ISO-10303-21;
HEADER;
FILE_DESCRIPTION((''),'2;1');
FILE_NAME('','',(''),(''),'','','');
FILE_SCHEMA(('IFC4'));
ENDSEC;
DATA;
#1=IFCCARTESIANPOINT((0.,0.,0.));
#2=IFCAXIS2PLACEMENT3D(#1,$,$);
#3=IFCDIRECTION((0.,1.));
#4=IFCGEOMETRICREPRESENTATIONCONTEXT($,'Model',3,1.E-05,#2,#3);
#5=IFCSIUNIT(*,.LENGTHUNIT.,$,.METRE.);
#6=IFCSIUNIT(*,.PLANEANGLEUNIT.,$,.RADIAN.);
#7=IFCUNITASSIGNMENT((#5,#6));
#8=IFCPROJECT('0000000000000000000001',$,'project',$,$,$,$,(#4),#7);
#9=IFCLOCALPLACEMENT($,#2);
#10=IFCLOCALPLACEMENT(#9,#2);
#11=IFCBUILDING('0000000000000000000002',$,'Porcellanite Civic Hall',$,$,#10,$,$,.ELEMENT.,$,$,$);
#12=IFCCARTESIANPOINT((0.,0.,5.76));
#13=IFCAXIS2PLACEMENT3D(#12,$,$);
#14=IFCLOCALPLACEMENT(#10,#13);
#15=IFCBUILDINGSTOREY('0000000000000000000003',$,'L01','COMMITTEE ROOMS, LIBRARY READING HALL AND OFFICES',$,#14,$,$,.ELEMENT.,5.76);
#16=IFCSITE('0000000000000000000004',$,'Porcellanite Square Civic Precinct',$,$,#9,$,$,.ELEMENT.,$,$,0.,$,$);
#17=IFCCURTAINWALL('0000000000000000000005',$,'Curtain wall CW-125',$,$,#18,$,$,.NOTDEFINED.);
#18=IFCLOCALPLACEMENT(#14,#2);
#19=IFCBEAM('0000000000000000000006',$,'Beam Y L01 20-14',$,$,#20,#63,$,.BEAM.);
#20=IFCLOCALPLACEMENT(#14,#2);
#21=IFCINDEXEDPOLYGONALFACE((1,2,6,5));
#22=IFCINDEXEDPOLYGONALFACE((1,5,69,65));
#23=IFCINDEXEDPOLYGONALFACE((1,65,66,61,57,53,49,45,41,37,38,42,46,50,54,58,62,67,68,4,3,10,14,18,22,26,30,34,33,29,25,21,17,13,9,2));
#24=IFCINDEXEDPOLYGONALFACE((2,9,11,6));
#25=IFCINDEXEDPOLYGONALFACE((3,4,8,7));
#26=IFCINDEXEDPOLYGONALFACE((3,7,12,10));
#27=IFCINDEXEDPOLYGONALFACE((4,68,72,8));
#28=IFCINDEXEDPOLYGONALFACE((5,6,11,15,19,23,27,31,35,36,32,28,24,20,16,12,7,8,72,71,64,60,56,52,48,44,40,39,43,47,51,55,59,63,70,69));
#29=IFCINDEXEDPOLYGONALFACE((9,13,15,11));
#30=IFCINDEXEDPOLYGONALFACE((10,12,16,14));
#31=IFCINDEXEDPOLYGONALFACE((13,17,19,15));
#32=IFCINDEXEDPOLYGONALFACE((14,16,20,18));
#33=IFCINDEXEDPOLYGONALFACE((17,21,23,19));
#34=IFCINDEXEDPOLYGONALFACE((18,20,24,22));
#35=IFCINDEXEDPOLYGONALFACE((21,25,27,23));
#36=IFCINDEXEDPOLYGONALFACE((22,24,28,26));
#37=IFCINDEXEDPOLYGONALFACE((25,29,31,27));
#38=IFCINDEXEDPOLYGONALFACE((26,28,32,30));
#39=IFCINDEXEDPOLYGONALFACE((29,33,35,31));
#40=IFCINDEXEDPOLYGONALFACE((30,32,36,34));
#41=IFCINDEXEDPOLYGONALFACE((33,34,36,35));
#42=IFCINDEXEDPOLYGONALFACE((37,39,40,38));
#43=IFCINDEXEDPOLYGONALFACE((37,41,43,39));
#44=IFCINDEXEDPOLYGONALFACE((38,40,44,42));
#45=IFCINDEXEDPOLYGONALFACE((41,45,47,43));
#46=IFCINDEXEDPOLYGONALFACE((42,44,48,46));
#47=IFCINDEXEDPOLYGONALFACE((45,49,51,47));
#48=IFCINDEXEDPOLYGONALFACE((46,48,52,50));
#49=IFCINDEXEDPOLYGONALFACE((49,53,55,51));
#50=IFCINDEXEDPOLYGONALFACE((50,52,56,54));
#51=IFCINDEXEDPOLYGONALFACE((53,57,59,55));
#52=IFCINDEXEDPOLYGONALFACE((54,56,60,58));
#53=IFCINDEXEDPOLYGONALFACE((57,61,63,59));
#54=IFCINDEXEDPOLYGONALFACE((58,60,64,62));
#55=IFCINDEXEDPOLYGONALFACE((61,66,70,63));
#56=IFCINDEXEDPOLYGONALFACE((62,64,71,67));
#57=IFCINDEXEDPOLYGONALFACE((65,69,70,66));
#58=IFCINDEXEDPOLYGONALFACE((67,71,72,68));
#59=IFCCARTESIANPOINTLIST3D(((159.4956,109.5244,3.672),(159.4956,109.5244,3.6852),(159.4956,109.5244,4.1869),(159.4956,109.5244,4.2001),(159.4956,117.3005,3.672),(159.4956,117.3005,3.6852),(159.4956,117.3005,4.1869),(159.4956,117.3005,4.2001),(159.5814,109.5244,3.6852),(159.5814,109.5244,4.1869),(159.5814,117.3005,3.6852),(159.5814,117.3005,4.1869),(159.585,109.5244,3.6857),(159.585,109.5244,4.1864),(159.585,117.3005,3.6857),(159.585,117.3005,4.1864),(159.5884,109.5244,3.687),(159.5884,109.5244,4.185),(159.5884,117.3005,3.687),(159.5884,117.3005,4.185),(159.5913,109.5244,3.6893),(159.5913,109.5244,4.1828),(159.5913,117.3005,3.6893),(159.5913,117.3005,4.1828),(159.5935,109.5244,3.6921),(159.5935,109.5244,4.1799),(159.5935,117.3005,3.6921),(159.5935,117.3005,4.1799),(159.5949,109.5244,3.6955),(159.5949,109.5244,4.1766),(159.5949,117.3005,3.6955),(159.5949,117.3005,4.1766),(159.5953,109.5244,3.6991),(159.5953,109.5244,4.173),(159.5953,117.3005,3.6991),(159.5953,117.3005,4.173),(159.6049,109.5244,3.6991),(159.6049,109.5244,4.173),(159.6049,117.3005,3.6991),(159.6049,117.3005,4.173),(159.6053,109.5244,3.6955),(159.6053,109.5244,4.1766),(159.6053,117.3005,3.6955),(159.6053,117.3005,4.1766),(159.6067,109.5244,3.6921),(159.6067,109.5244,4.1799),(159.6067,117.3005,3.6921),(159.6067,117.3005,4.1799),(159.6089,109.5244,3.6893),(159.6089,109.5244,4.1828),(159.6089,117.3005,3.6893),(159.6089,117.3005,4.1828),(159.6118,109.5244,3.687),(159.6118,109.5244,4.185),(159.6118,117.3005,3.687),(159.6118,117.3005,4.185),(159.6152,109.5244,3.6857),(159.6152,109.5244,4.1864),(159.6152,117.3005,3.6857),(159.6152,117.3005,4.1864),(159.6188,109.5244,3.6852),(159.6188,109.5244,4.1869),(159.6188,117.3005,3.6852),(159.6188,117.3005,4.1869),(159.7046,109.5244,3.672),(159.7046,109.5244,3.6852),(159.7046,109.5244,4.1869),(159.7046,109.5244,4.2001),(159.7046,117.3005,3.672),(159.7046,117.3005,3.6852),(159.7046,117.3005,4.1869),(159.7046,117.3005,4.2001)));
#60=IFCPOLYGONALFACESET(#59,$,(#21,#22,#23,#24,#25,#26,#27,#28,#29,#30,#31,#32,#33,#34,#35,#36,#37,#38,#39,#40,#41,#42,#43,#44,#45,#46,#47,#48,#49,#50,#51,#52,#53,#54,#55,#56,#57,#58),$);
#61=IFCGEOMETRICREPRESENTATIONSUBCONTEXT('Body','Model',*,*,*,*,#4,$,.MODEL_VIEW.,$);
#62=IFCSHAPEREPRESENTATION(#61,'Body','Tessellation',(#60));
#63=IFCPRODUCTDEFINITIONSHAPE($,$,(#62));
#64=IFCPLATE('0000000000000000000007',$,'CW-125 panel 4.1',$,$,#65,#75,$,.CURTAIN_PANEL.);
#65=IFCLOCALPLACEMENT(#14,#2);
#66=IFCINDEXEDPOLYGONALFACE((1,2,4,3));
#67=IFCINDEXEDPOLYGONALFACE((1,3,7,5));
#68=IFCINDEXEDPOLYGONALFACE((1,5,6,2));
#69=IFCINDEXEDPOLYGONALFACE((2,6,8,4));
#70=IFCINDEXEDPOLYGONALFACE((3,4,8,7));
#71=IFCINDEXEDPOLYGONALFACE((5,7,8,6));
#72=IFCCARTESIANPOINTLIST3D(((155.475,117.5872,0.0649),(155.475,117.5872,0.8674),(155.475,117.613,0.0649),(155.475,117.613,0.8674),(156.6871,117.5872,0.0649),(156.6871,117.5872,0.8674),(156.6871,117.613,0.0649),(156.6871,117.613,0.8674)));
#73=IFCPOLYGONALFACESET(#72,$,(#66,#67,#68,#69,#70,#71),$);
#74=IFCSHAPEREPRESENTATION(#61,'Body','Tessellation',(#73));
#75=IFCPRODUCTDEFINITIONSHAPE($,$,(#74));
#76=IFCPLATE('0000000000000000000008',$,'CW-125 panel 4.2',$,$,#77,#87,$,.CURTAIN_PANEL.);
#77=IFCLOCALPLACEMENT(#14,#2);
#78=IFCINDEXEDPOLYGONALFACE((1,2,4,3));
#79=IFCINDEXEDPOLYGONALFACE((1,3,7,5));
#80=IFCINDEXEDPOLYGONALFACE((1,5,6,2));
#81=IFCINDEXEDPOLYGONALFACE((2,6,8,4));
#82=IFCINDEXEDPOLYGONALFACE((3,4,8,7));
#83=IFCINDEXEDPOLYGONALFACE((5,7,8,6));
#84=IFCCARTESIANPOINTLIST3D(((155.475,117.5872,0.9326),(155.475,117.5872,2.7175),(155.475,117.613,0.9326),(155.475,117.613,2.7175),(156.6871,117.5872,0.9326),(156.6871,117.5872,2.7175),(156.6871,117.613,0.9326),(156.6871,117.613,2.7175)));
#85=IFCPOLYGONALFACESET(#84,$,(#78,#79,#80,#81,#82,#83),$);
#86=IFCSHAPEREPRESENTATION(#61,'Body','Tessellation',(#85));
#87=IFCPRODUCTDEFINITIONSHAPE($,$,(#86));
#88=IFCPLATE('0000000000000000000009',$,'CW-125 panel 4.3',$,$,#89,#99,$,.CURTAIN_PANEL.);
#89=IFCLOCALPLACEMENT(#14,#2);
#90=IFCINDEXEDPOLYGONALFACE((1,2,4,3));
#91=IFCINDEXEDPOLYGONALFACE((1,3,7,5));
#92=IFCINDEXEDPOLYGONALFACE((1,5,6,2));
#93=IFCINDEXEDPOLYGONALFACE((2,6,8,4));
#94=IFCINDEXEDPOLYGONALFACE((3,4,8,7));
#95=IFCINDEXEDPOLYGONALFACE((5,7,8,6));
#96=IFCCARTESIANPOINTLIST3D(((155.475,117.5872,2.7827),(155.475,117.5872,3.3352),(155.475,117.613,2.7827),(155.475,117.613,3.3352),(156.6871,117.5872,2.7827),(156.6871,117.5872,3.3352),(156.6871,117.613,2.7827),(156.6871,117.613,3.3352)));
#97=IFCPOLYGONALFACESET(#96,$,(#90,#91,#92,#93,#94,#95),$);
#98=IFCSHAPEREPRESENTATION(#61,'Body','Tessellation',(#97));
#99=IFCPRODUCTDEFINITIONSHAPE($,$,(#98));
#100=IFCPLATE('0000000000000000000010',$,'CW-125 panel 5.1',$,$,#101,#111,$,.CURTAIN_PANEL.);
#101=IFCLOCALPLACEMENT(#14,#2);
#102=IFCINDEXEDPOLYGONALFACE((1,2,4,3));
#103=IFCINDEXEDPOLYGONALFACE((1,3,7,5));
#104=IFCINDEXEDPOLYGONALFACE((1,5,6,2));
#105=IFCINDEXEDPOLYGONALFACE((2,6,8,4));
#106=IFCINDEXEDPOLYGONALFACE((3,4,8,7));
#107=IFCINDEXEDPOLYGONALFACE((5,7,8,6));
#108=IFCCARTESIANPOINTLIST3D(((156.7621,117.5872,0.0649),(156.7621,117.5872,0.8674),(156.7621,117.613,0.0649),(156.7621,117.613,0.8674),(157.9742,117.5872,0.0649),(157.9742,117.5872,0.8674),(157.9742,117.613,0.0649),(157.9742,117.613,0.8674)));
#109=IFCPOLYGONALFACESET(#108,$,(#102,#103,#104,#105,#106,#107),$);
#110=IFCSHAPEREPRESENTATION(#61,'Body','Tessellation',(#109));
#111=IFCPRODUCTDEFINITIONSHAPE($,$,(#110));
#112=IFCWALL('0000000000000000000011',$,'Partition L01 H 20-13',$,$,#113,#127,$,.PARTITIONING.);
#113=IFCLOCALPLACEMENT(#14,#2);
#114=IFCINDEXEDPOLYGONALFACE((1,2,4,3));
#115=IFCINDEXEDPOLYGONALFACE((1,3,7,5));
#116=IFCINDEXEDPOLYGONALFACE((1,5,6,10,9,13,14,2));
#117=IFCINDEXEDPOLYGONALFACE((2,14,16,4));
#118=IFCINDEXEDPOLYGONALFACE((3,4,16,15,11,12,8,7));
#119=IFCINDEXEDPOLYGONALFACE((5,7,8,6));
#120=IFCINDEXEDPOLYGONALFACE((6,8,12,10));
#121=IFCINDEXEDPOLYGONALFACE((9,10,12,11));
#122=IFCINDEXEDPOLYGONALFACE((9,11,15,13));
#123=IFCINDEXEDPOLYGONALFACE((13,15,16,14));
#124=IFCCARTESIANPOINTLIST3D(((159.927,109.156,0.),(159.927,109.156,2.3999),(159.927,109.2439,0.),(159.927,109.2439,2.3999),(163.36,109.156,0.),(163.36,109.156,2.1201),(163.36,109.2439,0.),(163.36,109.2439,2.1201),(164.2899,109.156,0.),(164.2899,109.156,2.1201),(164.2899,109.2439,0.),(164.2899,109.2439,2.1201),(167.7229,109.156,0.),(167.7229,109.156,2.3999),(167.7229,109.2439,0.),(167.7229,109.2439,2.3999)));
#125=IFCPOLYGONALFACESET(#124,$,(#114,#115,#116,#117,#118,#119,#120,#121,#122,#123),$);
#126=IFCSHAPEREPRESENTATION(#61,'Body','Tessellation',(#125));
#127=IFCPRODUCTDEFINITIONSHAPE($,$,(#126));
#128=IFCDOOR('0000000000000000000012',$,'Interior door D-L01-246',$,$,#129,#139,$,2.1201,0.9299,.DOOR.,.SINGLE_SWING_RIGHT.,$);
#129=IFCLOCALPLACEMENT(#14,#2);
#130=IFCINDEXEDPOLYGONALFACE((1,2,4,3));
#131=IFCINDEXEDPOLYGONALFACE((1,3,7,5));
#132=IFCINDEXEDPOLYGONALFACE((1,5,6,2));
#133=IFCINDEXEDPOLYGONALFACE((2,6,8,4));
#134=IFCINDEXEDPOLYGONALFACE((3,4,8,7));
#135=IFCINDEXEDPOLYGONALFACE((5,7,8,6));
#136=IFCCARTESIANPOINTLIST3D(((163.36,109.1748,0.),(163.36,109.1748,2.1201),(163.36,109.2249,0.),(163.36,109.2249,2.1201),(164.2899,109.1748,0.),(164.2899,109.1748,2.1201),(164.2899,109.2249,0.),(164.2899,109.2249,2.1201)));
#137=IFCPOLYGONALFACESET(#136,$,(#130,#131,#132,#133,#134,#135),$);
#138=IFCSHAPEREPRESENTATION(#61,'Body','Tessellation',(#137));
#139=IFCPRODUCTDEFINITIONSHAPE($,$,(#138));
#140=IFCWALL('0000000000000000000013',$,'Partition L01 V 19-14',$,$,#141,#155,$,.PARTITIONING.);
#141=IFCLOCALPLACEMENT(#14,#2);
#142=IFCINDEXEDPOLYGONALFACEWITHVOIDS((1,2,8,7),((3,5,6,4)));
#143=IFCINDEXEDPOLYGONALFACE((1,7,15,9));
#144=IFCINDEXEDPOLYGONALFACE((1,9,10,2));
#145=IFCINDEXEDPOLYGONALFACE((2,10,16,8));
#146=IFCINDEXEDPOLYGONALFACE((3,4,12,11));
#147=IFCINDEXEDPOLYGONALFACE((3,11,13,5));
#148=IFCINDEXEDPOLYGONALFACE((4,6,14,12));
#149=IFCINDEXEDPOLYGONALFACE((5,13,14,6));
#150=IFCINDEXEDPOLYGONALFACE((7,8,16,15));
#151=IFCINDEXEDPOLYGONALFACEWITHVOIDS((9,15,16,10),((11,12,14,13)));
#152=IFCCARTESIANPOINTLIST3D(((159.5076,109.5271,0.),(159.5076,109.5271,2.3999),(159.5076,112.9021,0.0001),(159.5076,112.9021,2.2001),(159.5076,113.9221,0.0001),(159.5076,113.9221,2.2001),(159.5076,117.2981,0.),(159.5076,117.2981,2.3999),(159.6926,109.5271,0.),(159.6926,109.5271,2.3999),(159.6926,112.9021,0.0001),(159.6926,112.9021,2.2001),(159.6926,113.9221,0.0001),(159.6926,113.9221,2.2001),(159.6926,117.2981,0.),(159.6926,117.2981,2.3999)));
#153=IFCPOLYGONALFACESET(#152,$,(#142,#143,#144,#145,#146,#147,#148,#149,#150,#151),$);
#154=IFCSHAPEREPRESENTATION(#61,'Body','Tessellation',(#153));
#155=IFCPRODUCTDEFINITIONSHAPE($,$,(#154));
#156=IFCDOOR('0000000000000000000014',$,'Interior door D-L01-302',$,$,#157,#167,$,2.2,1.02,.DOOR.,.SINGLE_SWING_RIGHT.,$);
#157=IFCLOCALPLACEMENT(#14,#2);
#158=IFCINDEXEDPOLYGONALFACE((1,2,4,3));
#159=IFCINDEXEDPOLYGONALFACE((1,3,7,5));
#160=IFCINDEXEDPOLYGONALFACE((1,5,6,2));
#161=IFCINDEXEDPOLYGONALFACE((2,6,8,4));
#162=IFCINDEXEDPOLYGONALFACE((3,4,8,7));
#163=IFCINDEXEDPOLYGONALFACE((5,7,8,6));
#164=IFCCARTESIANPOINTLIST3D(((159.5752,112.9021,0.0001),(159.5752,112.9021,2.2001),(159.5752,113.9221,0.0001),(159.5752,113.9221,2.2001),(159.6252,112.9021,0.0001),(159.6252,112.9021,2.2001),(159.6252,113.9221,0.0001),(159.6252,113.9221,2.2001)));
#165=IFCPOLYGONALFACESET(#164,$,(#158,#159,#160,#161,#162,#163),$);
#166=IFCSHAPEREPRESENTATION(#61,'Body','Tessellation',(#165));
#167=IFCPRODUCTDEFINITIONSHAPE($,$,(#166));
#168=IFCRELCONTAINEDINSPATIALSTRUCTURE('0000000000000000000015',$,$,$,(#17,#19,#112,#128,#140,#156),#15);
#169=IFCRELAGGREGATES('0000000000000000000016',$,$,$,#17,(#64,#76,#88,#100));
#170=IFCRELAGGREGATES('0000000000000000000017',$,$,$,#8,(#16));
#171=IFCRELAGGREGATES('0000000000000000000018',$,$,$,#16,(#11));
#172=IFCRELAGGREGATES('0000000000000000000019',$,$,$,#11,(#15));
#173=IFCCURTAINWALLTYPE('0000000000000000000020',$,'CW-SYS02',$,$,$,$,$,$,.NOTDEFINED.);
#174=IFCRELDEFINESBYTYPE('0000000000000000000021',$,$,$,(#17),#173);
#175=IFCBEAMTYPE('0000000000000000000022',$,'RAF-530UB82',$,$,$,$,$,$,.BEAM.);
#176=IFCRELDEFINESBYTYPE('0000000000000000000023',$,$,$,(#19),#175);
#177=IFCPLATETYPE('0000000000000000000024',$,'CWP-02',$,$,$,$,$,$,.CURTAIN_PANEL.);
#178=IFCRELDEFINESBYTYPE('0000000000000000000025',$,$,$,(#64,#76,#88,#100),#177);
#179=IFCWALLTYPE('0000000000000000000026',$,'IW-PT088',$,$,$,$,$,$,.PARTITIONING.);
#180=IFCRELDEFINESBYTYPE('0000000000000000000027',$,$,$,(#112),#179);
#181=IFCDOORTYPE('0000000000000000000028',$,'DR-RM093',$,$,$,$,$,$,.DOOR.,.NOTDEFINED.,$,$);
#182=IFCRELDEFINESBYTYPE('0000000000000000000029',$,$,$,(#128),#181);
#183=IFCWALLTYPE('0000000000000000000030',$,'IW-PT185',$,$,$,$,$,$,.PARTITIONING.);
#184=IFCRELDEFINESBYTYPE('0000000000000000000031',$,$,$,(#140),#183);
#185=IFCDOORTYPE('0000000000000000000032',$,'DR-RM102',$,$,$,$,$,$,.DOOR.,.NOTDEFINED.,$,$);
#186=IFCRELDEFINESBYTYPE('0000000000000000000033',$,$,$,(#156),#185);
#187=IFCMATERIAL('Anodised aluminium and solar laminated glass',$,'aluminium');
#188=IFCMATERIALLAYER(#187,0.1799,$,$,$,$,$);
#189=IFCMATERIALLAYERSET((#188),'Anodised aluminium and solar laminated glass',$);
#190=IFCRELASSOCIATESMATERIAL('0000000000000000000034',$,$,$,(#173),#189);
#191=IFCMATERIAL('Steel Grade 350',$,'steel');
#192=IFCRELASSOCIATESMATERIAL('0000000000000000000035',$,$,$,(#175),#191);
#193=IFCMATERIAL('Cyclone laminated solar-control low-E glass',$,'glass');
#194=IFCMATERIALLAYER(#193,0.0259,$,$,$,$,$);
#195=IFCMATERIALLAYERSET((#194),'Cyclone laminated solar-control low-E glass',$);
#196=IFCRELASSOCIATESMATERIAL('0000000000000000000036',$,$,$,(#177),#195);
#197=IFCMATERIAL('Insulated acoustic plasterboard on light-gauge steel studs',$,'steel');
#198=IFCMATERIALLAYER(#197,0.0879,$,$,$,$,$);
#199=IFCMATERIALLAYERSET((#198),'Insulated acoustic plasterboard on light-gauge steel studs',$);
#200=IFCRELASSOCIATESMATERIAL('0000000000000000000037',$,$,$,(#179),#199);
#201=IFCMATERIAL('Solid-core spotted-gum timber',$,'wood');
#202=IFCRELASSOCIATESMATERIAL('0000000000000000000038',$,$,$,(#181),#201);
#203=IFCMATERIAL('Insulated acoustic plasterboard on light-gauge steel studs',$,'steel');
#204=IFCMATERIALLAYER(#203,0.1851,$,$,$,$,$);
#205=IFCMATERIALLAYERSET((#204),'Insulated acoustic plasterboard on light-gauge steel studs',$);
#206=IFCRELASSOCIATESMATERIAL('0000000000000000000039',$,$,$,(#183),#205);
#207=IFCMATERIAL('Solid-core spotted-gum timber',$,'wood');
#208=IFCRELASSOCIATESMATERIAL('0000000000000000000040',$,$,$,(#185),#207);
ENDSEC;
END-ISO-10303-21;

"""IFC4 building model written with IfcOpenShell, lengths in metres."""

from ifc_helpers import new_model, si_unit, direction, frame, frame_2d, origin, origin_2d, place, context, subcontext, project, spatial, rectangle, i_section, extrude, material, layer, layer_set, material_profile, profile_set, type_object, element, fill, aggregate, save


model = new_model("IFC4")

# Units and contexts
model_context = context("Model", 3, precision=1e-05, world=origin(), true_north=direction((0.0, 1.0)))
body_context = subcontext(model_context, "Body", "Model", "MODEL_VIEW")
ifc_project = project(units=[si_unit("LENGTHUNIT", "METRE"), si_unit("PLANEANGLEUNIT", "RADIAN")], contexts=[model_context])

# Site, building, storey
site_placement = place(None, origin())
site = spatial("IfcSite", under=ifc_project, at=site_placement, Name="Porcellanite Square Civic Precinct", CompositionType="ELEMENT", RefElevation=0.0)
building_placement = place(site_placement, origin())
building = spatial("IfcBuilding", under=site, at=building_placement, Name="Porcellanite Civic Hall", CompositionType="ELEMENT")
storey_placement = place(building_placement, frame((0.0, 0.0, 5.76)))
storey = spatial("IfcBuildingStorey", under=building, at=storey_placement, Name="L01", Description="COMMITTEE ROOMS, LIBRARY READING HALL AND OFFICES", CompositionType="ELEMENT", Elevation=5.76)

# Curtain wall
ifc_material_1 = material(Name="Anodised aluminium and solar laminated glass", Category="aluminium")
ifc_layer_1 = layer(ifc_material_1, 0.1799)
ifc_layer_set_1 = layer_set([ifc_layer_1], Name="Anodised aluminium and solar laminated glass")
curtain_wall_type = type_object("IfcCurtainWallType", Name="CW-SYS02", PredefinedType="NOTDEFINED", material=ifc_layer_set_1)
curtain_wall_placement = place(storey_placement, origin())
curtain_wall = element("IfcCurtainWall", 1, at=curtain_wall_placement, inside=storey, type_object=curtain_wall_type, Name="Curtain wall CW-125", PredefinedType="NOTDEFINED")

# Beam
ifc_material_2 = material(Name="Steel Grade 350", Category="steel")
ifc_material_profile_1 = material_profile(ifc_material_2, i_section(OverallWidth=0.209, OverallDepth=0.5281, WebThickness=0.0095, FlangeThickness=0.0132, FilletRadius=0.0139, at=origin_2d()), Name="530UB82.0")
ifc_profile_set_1 = profile_set([ifc_material_profile_1], Name="Steel Grade 350")
beam_type_1 = type_object("IfcBeamType", Name="RAF-530UB82", PredefinedType="BEAM", material=ifc_profile_set_1)
beam_1_placement = place(storey_placement, frame((159.6001, 109.5244, 3.936), z_axis=(0.0, 1.0, 0.0), x_axis=(-1.0, 0.0, 0.0)))
element("IfcBeam", 2, at=beam_1_placement, inside=storey, type_object=beam_type_1, Name="Beam Y L01 20-14", PredefinedType="BEAM", context=body_context, shape_type="SweptSolid", body=[
    extrude(i_section(OverallWidth=0.209, OverallDepth=0.5281, WebThickness=0.0095, FlangeThickness=0.0132, FilletRadius=0.0139, at=origin_2d()), origin(), (0.0, 0.0, 1.0), 7.7761),
])

# Plates
ifc_material_3 = material(Name="Cyclone laminated solar-control low-E glass", Category="glass")
ifc_layer_2 = layer(ifc_material_3, 0.0259)
ifc_layer_set_2 = layer_set([ifc_layer_2], Name="Cyclone laminated solar-control low-E glass")
plate_type = type_object("IfcPlateType", Name="CWP-02", PredefinedType="CURTAIN_PANEL", material=ifc_layer_set_2)
plate_1_placement = place(storey_placement, frame((156.0811, 117.6001, 0.0649), z_axis=(0.0, 0.0, 1.0), x_axis=(1.0, 0.0, 0.0)))
plate_1 = element("IfcPlate", 3, at=plate_1_placement, type_object=plate_type, Name="CW-125 panel 4.1", PredefinedType="CURTAIN_PANEL", context=body_context, shape_type="SweptSolid", body=[
    extrude(rectangle(XDim=1.2122, YDim=0.0259, at=origin_2d()), origin(), (0.0, 0.0, 1.0), 0.8025),
])
plate_2_placement = place(storey_placement, frame((156.0811, 117.6001, 0.9326), z_axis=(0.0, 0.0, 1.0), x_axis=(1.0, 0.0, 0.0)))
plate_2 = element("IfcPlate", 4, at=plate_2_placement, type_object=plate_type, Name="CW-125 panel 4.2", PredefinedType="CURTAIN_PANEL", context=body_context, shape_type="SweptSolid", body=[
    extrude(rectangle(XDim=1.2122, YDim=0.0259, at=origin_2d()), origin(), (0.0, 0.0, 1.0), 1.7849),
])
plate_3_placement = place(storey_placement, frame((156.0811, 117.6001, 2.7827), z_axis=(0.0, 0.0, 1.0), x_axis=(1.0, 0.0, 0.0)))
plate_3 = element("IfcPlate", 5, at=plate_3_placement, type_object=plate_type, Name="CW-125 panel 4.3", PredefinedType="CURTAIN_PANEL", context=body_context, shape_type="SweptSolid", body=[
    extrude(rectangle(XDim=1.2122, YDim=0.0259, at=origin_2d()), origin(), (0.0, 0.0, 1.0), 0.5525),
])
plate_4_placement = place(storey_placement, frame((157.3682, 117.6001, 0.0649), z_axis=(0.0, 0.0, 1.0), x_axis=(1.0, 0.0, 0.0)))
plate_4 = element("IfcPlate", 6, at=plate_4_placement, type_object=plate_type, Name="CW-125 panel 5.1", PredefinedType="CURTAIN_PANEL", context=body_context, shape_type="SweptSolid", body=[
    extrude(rectangle(XDim=1.2122, YDim=0.0259, at=origin_2d()), origin(), (0.0, 0.0, 1.0), 0.8025),
])
aggregate(curtain_wall, [plate_1, plate_2, plate_3, plate_4])

# Walls, openings, doors
ifc_material_4 = material(Name="Insulated acoustic plasterboard on light-gauge steel studs", Category="steel")
ifc_layer_3 = layer(ifc_material_4, 0.0879)
ifc_layer_set_3 = layer_set([ifc_layer_3], Name="Insulated acoustic plasterboard on light-gauge steel studs")
wall_type_1 = type_object("IfcWallType", Name="IW-PT088", PredefinedType="PARTITIONING", material=ifc_layer_set_3)
wall_1_placement = place(storey_placement, frame((159.927, 109.2, 0.0), z_axis=(0.0, 0.0, 1.0), x_axis=(1.0, 0.0, 0.0)))
wall_1 = element("IfcWall", 7, at=wall_1_placement, inside=storey, type_object=wall_type_1, Name="Partition L01 H 20-13", PredefinedType="PARTITIONING", context=body_context, shape_type="SweptSolid", body=[
    extrude(rectangle(XDim=7.7959, YDim=0.0879, at=frame_2d((3.8979, 0.0))), origin(), (0.0, 0.0, 1.0), 2.3999),
])
opening_1_placement = place(wall_1_placement, frame((3.4331, 0.0, 0.0)))
opening_1 = element("IfcOpeningElement", 8, at=opening_1_placement, cuts=wall_1, PredefinedType="OPENING", context=body_context, shape_type="SweptSolid", body=[
    extrude(rectangle(XDim=0.9299, YDim=2.1201, at=frame_2d((0.4648, 1.0601))), frame((0.0, 0.0439, 0.0), z_axis=(0.0, -1.0, 0.0), x_axis=(1.0, 0.0, 0.0)), (0.0, 0.0, 1.0), 0.0879),
])
ifc_material_5 = material(Name="Solid-core spotted-gum timber", Category="wood")
door_type_1 = type_object("IfcDoorType", Name="DR-RM093", OperationType="NOTDEFINED", PredefinedType="DOOR", material=ifc_material_5)
door_1_placement = place(opening_1_placement, origin())
door_1 = element("IfcDoor", 9, at=door_1_placement, inside=storey, type_object=door_type_1, Name="Interior door D-L01-246", OperationType="SINGLE_SWING_RIGHT", OverallHeight=2.1201, OverallWidth=0.9299, PredefinedType="DOOR", context=body_context, shape_type="SweptSolid", body=[
    extrude(rectangle(XDim=0.9299, YDim=2.1201, at=frame_2d((0.4648, 1.0601))), frame((0.0, 0.0249, 0.0), z_axis=(0.0, -1.0, 0.0), x_axis=(1.0, 0.0, 0.0)), (0.0, 0.0, 1.0), 0.05),
])
fill(opening_1, door_1)
ifc_material_6 = material(Name="Insulated acoustic plasterboard on light-gauge steel studs", Category="steel")
ifc_layer_4 = layer(ifc_material_6, 0.1851)
ifc_layer_set_4 = layer_set([ifc_layer_4], Name="Insulated acoustic plasterboard on light-gauge steel studs")
wall_type_2 = type_object("IfcWallType", Name="IW-PT185", PredefinedType="PARTITIONING", material=ifc_layer_set_4)
wall_2_placement = place(storey_placement, frame((159.6001, 109.5271, 0.0), z_axis=(0.0, 0.0, 1.0), x_axis=(0.0, 1.0, 0.0)))
wall_2 = element("IfcWall", 10, at=wall_2_placement, inside=storey, type_object=wall_type_2, Name="Partition L01 V 19-14", PredefinedType="PARTITIONING", context=body_context, shape_type="SweptSolid", body=[
    extrude(rectangle(XDim=7.771, YDim=0.1851, at=frame_2d((3.8855, 0.0))), origin(), (0.0, 0.0, 1.0), 2.3999),
])
opening_2_placement = place(wall_2_placement, frame((3.375, 0.0, 0.0)))
opening_2 = element("IfcOpeningElement", 11, at=opening_2_placement, cuts=wall_2, PredefinedType="OPENING", context=body_context, shape_type="SweptSolid", body=[
    extrude(rectangle(XDim=1.02, YDim=2.2, at=frame_2d((0.51, 1.1001))), frame((0.0, 0.0925, 0.0), z_axis=(0.0, -1.0, 0.0), x_axis=(1.0, 0.0, 0.0)), (0.0, 0.0, 1.0), 0.1851),
])
ifc_material_7 = material(Name="Solid-core spotted-gum timber", Category="wood")
door_type_2 = type_object("IfcDoorType", Name="DR-RM102", OperationType="NOTDEFINED", PredefinedType="DOOR", material=ifc_material_7)
door_2_placement = place(opening_2_placement, origin())
door_2 = element("IfcDoor", 12, at=door_2_placement, inside=storey, type_object=door_type_2, Name="Interior door D-L01-302", OperationType="SINGLE_SWING_RIGHT", OverallHeight=2.2, OverallWidth=1.02, PredefinedType="DOOR", context=body_context, shape_type="SweptSolid", body=[
    extrude(rectangle(XDim=1.02, YDim=2.2, at=frame_2d((0.51, 1.1001))), frame((0.0, 0.0249, 0.0), z_axis=(0.0, -1.0, 0.0), x_axis=(1.0, 0.0, 0.0)), (0.0, 0.0, 1.0), 0.05),
])
fill(opening_2, door_2)

save(model, "model.ifc")
